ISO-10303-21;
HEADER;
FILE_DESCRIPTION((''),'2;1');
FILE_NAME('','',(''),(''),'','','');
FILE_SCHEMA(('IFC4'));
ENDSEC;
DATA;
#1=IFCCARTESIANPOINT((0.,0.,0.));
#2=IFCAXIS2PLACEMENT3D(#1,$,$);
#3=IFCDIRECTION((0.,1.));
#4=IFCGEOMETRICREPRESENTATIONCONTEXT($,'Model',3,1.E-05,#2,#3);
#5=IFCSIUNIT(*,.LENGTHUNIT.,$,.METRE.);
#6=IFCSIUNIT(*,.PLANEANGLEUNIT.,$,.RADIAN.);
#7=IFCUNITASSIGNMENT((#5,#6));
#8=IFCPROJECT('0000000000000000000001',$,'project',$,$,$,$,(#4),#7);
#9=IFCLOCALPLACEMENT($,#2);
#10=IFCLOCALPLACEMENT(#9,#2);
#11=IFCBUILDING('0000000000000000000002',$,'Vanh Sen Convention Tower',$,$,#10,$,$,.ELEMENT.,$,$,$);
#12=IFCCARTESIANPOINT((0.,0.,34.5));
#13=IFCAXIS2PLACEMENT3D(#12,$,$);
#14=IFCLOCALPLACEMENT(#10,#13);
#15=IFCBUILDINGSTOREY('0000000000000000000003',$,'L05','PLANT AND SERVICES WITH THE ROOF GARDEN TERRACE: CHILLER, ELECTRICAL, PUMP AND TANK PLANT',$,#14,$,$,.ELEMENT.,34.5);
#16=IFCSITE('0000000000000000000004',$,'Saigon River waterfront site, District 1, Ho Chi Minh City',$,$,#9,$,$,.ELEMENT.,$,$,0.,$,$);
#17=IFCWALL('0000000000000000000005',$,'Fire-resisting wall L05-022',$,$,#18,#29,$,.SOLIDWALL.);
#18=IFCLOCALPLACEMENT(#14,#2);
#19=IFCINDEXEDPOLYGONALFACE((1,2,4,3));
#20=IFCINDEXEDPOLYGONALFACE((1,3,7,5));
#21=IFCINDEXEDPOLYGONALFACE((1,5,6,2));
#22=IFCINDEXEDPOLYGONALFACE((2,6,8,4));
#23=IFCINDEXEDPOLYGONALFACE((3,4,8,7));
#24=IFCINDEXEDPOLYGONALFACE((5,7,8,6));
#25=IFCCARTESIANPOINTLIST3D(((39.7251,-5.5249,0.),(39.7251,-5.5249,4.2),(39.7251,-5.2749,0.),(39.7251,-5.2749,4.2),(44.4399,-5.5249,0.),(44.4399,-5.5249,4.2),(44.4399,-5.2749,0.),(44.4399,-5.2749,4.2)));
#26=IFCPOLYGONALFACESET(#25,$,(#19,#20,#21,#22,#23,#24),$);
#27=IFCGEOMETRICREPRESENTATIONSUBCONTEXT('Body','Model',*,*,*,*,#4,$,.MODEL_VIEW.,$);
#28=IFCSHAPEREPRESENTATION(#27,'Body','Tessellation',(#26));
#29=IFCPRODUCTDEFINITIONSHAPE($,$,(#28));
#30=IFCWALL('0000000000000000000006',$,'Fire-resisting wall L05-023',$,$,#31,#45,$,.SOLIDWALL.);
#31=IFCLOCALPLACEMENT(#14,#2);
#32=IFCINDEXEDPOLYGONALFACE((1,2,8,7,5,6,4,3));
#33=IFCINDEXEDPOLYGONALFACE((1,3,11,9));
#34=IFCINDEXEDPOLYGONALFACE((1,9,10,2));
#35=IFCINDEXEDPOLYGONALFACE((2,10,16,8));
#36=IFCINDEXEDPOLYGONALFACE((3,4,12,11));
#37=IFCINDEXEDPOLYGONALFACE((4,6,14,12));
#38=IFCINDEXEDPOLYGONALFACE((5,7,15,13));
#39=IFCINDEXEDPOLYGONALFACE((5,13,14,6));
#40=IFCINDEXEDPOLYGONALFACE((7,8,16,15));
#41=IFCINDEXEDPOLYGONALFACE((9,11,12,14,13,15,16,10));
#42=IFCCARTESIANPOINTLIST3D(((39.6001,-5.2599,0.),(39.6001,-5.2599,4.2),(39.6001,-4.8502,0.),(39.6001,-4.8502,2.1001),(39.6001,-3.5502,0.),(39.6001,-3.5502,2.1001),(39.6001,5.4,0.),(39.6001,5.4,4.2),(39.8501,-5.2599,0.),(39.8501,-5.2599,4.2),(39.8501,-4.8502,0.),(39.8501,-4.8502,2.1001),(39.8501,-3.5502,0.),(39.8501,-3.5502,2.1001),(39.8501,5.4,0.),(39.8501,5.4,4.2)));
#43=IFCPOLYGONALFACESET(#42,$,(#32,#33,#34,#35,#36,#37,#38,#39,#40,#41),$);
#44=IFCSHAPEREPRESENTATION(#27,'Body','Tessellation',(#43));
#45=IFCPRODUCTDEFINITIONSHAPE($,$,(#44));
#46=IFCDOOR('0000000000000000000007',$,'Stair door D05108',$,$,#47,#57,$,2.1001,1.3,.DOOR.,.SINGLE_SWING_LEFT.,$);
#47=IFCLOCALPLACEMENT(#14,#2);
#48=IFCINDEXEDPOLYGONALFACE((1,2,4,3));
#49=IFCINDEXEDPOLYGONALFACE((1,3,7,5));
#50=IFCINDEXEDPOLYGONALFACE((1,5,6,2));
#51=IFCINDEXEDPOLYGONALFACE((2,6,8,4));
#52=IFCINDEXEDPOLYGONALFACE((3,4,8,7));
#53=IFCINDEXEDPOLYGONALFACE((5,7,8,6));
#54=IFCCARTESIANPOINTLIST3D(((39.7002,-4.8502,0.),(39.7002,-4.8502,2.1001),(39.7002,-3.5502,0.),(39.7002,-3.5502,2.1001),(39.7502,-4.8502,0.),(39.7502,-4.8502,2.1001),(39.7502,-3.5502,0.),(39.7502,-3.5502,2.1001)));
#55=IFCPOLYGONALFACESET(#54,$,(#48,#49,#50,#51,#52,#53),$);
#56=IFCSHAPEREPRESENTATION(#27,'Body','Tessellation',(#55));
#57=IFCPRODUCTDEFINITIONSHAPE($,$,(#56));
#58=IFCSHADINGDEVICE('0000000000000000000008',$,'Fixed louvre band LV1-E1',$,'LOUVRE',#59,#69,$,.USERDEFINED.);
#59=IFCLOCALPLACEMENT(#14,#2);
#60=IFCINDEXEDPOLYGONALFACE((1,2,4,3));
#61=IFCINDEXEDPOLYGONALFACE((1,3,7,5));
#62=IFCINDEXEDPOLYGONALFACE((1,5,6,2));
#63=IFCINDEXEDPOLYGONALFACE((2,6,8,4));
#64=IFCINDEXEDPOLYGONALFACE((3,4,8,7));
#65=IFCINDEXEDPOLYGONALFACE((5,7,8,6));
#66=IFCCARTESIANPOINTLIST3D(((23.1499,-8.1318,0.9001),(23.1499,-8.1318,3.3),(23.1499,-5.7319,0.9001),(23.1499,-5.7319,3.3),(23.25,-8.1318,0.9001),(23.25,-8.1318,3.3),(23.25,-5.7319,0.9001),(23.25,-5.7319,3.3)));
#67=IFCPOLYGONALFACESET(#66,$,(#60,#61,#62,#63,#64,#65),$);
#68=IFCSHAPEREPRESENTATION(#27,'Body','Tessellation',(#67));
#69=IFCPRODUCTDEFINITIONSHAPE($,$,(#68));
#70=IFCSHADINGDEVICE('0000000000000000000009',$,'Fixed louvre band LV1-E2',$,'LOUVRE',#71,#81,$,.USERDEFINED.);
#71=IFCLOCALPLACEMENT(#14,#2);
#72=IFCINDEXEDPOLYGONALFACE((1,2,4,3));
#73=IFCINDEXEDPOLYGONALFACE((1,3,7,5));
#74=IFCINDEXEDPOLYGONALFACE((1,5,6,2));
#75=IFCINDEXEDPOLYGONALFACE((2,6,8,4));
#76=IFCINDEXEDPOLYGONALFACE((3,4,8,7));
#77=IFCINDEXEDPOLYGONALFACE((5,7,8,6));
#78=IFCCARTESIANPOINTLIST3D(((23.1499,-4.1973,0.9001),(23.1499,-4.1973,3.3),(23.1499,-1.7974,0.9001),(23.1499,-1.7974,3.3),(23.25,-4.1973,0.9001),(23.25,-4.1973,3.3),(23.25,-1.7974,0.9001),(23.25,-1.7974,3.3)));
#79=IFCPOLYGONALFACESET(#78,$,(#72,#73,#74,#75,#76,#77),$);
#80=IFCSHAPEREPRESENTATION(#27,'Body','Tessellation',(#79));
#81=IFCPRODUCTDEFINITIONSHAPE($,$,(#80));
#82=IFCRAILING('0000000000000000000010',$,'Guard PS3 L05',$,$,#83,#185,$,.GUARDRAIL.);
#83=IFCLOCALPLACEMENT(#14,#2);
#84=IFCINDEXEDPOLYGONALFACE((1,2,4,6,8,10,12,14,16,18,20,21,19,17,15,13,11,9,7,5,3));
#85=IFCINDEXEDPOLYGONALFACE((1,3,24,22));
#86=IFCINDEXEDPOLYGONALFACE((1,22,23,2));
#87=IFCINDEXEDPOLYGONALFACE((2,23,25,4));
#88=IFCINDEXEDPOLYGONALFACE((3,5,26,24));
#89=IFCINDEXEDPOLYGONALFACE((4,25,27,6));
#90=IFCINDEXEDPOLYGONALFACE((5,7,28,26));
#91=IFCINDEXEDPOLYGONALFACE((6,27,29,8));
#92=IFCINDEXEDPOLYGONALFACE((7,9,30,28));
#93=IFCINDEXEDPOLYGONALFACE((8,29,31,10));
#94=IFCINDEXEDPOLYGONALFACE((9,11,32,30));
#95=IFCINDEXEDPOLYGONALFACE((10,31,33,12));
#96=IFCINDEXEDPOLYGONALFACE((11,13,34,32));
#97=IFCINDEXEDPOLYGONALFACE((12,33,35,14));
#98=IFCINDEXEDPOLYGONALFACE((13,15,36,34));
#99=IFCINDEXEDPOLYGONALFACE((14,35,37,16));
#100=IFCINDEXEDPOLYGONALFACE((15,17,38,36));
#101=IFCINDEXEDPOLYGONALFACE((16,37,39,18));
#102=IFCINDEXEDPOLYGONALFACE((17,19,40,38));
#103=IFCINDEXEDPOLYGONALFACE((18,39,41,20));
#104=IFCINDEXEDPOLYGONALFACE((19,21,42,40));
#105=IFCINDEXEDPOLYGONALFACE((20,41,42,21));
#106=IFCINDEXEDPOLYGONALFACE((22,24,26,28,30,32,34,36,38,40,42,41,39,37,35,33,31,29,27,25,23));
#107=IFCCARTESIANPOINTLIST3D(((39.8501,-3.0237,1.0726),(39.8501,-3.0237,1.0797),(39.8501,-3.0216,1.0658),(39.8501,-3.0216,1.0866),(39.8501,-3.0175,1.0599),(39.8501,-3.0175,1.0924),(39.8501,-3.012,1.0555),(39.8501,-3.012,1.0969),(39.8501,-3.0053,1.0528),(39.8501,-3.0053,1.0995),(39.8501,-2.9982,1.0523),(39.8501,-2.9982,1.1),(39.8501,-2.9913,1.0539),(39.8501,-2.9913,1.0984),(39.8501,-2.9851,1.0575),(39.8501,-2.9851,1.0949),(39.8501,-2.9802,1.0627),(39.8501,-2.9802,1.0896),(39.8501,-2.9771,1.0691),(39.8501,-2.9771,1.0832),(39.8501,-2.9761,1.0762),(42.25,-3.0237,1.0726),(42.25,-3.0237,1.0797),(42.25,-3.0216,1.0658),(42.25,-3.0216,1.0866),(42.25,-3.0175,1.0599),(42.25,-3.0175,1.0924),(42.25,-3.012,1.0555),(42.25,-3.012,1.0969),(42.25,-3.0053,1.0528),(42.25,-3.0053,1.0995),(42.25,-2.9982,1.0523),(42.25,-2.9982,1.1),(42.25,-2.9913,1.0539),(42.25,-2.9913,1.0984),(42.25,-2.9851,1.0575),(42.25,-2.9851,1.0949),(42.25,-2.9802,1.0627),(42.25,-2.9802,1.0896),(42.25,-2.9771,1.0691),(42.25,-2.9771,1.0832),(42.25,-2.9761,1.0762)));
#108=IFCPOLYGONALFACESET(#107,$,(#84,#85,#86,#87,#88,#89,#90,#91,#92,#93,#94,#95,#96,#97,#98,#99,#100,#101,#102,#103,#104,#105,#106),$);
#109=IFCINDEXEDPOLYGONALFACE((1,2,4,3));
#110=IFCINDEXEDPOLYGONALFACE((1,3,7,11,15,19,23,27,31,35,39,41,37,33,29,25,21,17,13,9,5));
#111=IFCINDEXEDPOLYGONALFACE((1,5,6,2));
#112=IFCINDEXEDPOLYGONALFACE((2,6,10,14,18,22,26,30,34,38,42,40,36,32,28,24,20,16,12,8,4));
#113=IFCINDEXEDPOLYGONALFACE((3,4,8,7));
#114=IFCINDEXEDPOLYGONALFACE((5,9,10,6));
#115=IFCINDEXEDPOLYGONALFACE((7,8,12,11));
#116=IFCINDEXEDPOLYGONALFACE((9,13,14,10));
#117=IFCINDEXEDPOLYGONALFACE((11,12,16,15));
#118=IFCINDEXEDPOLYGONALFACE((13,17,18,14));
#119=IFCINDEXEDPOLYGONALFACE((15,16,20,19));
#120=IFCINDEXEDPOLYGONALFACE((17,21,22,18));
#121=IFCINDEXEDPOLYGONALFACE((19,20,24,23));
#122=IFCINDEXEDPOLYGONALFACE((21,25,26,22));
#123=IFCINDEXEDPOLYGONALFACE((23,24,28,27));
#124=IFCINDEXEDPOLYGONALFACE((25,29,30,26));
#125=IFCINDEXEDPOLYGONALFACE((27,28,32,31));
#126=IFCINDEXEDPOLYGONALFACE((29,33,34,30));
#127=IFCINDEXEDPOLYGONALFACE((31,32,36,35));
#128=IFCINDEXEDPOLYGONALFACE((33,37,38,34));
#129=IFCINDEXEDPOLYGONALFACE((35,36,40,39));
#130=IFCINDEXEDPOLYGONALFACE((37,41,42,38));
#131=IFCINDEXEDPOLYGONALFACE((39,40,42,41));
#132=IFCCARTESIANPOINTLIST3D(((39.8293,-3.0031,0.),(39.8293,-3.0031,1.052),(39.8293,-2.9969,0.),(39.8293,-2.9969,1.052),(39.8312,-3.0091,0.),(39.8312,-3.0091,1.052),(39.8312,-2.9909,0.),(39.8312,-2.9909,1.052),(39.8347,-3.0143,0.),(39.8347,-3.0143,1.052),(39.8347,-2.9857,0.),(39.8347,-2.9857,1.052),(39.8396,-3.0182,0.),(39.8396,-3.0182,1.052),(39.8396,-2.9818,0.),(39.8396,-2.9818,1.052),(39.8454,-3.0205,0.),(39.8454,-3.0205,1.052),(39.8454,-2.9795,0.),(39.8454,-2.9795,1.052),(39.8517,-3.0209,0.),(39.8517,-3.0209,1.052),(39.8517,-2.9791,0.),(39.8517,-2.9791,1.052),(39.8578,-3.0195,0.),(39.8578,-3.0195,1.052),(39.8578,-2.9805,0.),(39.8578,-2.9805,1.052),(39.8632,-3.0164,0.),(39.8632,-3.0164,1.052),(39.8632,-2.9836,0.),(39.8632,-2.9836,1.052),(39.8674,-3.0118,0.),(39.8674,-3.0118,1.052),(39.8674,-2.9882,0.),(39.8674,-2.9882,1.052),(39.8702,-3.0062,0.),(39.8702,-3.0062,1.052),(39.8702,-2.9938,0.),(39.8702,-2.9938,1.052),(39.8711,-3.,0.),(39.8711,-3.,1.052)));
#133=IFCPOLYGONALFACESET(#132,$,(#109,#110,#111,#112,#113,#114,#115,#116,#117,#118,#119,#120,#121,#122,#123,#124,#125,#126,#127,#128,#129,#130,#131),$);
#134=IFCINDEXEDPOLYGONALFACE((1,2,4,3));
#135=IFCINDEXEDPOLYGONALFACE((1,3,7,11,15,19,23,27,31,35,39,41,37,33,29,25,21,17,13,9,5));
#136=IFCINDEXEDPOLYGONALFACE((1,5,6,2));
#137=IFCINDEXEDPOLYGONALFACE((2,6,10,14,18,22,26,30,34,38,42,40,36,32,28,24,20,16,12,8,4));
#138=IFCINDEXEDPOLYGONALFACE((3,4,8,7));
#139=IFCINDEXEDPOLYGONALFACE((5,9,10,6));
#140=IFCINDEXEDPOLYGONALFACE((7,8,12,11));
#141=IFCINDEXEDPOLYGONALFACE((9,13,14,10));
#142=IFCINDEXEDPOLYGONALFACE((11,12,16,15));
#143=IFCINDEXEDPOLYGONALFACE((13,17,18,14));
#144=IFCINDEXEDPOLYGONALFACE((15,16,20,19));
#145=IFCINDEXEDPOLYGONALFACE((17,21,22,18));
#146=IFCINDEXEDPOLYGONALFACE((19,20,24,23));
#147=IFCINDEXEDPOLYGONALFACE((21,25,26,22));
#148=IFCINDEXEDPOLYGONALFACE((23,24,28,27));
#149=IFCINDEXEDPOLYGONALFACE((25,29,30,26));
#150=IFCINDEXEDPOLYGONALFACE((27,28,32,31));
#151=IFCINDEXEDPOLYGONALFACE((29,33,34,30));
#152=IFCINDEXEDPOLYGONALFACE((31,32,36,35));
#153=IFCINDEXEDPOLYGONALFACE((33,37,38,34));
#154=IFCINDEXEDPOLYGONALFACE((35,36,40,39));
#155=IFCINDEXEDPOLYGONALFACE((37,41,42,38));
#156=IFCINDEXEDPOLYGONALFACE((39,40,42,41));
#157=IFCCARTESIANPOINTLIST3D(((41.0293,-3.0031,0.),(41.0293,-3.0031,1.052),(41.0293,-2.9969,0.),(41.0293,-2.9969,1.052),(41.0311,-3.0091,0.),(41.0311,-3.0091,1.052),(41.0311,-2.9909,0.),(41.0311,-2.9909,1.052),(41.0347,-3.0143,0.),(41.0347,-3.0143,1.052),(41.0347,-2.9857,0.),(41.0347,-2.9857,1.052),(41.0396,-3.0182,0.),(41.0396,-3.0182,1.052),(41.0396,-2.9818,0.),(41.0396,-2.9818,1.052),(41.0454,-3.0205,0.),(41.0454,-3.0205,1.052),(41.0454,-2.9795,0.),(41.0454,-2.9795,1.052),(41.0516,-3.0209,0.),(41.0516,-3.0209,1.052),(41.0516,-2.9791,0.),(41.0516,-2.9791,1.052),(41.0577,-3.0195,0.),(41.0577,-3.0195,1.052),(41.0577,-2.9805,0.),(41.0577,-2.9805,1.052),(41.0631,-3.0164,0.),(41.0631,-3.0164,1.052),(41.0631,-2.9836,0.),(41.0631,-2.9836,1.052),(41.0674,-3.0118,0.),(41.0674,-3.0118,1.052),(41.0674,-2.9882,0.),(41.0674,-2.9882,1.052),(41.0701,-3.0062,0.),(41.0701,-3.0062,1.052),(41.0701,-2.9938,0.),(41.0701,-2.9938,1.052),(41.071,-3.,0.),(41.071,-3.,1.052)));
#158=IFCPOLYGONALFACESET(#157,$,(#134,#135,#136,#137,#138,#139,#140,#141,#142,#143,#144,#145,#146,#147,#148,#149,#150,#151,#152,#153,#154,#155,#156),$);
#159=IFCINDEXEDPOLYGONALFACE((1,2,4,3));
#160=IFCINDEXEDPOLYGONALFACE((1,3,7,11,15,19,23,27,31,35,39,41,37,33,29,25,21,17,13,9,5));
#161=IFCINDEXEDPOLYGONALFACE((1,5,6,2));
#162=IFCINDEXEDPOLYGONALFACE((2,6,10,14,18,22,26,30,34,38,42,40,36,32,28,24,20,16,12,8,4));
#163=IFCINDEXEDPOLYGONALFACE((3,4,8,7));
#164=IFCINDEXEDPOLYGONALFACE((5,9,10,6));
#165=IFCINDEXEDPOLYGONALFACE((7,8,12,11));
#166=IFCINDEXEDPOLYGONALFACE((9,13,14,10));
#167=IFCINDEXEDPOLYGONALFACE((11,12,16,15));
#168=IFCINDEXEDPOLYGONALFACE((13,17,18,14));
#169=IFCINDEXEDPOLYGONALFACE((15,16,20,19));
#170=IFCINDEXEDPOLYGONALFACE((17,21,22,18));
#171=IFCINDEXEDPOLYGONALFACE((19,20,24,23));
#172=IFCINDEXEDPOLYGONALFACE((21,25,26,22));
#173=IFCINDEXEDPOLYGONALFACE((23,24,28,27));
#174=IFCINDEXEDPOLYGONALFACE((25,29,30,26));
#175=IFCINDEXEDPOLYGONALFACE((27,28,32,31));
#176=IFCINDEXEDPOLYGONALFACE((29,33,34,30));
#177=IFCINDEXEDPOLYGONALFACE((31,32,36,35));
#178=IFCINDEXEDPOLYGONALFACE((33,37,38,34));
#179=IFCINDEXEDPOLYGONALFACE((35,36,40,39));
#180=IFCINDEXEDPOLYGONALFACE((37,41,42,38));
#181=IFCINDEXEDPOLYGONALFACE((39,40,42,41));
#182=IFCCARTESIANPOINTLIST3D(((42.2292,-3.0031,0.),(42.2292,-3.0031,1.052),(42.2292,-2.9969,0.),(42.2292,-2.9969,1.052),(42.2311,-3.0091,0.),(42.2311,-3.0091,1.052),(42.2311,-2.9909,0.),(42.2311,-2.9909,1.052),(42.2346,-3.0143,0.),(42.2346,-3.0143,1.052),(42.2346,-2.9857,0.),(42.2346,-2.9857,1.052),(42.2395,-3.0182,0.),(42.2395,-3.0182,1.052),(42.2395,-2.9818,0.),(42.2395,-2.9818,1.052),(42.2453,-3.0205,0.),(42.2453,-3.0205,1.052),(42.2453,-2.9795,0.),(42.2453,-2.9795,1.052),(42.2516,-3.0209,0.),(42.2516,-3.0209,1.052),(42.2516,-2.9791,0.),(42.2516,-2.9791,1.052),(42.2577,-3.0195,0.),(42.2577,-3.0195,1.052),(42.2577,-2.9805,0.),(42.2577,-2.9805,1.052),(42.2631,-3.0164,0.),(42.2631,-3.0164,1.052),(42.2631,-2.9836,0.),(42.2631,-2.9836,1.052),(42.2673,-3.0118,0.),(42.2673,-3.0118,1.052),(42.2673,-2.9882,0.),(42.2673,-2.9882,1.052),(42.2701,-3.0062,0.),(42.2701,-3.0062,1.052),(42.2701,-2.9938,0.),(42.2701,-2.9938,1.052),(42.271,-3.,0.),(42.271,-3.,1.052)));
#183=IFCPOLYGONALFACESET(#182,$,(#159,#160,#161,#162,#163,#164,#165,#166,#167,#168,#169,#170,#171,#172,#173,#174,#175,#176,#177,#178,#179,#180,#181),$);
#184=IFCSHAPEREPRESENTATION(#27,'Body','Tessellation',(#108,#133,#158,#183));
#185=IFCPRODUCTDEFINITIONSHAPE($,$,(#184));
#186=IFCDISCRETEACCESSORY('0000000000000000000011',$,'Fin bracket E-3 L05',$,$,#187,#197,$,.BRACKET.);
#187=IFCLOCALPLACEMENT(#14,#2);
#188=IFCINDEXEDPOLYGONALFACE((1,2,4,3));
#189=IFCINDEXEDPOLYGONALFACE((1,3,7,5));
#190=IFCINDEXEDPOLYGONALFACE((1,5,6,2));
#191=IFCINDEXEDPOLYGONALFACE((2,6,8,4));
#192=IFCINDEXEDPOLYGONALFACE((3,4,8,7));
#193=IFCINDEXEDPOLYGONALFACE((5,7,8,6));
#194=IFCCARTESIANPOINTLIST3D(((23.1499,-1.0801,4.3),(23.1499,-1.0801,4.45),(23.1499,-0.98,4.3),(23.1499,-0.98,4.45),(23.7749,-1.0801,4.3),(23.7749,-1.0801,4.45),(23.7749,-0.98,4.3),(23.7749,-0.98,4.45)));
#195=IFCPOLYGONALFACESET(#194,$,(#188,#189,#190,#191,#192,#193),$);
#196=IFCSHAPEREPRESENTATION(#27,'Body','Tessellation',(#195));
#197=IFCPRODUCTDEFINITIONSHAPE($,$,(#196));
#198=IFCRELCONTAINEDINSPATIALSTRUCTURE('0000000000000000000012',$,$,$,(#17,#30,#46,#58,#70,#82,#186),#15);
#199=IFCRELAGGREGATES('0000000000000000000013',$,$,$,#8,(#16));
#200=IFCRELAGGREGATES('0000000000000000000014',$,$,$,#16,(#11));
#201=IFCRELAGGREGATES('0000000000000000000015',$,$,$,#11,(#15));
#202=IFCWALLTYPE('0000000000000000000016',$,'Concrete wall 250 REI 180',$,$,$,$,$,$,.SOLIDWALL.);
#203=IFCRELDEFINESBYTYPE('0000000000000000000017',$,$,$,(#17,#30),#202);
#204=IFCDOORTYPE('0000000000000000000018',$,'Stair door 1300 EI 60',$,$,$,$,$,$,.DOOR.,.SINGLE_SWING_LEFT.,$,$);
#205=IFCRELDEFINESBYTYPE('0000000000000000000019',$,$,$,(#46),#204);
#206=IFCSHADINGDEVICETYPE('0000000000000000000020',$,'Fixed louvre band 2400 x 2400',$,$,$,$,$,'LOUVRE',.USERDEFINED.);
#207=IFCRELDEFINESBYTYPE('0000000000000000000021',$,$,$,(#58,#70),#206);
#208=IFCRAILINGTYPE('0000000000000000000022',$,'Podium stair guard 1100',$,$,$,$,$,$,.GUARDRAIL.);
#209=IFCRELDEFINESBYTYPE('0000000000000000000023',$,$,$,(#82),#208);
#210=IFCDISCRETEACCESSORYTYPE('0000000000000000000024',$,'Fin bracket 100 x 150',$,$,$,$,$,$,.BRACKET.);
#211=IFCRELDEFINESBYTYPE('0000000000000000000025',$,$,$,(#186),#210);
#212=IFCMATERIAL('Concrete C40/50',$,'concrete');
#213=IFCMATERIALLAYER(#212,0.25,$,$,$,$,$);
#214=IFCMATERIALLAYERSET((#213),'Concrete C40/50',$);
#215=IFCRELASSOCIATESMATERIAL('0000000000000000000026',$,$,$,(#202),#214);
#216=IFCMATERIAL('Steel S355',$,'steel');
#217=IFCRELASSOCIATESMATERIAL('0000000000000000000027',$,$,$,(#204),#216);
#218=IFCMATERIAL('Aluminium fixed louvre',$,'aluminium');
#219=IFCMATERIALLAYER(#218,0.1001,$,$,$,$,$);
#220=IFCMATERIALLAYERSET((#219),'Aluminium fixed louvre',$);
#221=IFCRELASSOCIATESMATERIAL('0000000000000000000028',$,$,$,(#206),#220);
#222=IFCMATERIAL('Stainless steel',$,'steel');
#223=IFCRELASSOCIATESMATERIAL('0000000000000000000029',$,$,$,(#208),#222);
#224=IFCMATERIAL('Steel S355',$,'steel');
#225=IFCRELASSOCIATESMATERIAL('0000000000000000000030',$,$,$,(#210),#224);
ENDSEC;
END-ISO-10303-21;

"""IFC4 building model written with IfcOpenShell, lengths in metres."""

from ifc_helpers import new_model, si_unit, direction, frame, frame_2d, origin, origin_2d, place, context, subcontext, project, spatial, rectangle, circle, extrude, material, layer, layer_set, type_object, element, fill, save


model = new_model("IFC4")

# Units and contexts
model_context = context("Model", 3, precision=1e-05, world=origin(), true_north=direction((0.0, 1.0)))
body_context = subcontext(model_context, "Body", "Model", "MODEL_VIEW")
ifc_project = project(units=[si_unit("LENGTHUNIT", "METRE"), si_unit("PLANEANGLEUNIT", "RADIAN")], contexts=[model_context])

# Site, building, storey
site_placement = place(None, origin())
site = spatial("IfcSite", under=ifc_project, at=site_placement, Name="Saigon River waterfront site, District 1, Ho Chi Minh City", CompositionType="ELEMENT", RefElevation=0.0)
building_placement = place(site_placement, origin())
building = spatial("IfcBuilding", under=site, at=building_placement, Name="Vanh Sen Convention Tower", CompositionType="ELEMENT")
storey_placement = place(building_placement, frame((0.0, 0.0, 34.5)))
storey = spatial("IfcBuildingStorey", under=building, at=storey_placement, Name="L05", Description="PLANT AND SERVICES WITH THE ROOF GARDEN TERRACE: CHILLER, ELECTRICAL, PUMP AND TANK PLANT", CompositionType="ELEMENT", Elevation=34.5)

# Wall
ifc_material_1 = material(Name="Concrete C40/50", Category="concrete")
ifc_layer_1 = layer(ifc_material_1, 0.25)
ifc_layer_set_1 = layer_set([ifc_layer_1], Name="Concrete C40/50")
wall_type = type_object("IfcWallType", Name="Concrete wall 250 REI 180", PredefinedType="SOLIDWALL", material=ifc_layer_set_1)
wall_1_placement = place(storey_placement, frame((44.4399, -5.3999, 0.0), z_axis=(0.0, 0.0, 1.0), x_axis=(-1.0, 0.0, 0.0)))
element("IfcWall", 1, at=wall_1_placement, inside=storey, type_object=wall_type, Name="Fire-resisting wall L05-022", PredefinedType="SOLIDWALL", context=body_context, shape_type="SweptSolid", body=[
    extrude(rectangle(XDim=4.7148, YDim=0.25, at=frame_2d((2.3574, 0.0))), origin(), (0.0, 0.0, 1.0), 4.2),
])

# Wall, opening, door
wall_2_placement = place(storey_placement, frame((39.7251, -5.26, 0.0), z_axis=(0.0, 0.0, 1.0), x_axis=(0.0, 1.0, 0.0)))
wall_2 = element("IfcWall", 2, at=wall_2_placement, inside=storey, type_object=wall_type, Name="Fire-resisting wall L05-023", PredefinedType="SOLIDWALL", context=body_context, shape_type="SweptSolid", body=[
    extrude(rectangle(XDim=10.6599, YDim=0.25, at=frame_2d((5.3301, 0.0))), origin(), (0.0, 0.0, 1.0), 4.2),
])
opening_placement = place(wall_2_placement, frame((0.4099, 0.0, 0.0)))
opening = element("IfcOpeningElement", 3, at=opening_placement, cuts=wall_2, PredefinedType="OPENING", context=body_context, shape_type="SweptSolid", body=[
    extrude(rectangle(XDim=1.3, YDim=2.1001, at=frame_2d((0.6499, 1.05))), frame((0.0, 0.135, 0.0), z_axis=(0.0, -1.0, 0.0), x_axis=(1.0, 0.0, 0.0)), (0.0, 0.0, 1.0), 0.27),
])
ifc_material_2 = material(Name="Steel S355", Category="steel")
door_type = type_object("IfcDoorType", Name="Stair door 1300 EI 60", OperationType="SINGLE_SWING_LEFT", PredefinedType="DOOR", material=ifc_material_2)
door_placement = place(opening_placement, origin())
door = element("IfcDoor", 4, at=door_placement, inside=storey, type_object=door_type, Name="Stair door D05108", OperationType="SINGLE_SWING_LEFT", OverallHeight=2.1001, OverallWidth=1.3, PredefinedType="DOOR", context=body_context, shape_type="SweptSolid", body=[
    extrude(rectangle(XDim=1.3, YDim=2.1001, at=frame_2d((0.6499, 1.05))), frame((0.0, 0.0249, 0.0), z_axis=(0.0, -1.0, 0.0), x_axis=(1.0, 0.0, 0.0)), (0.0, 0.0, 1.0), 0.05),
])
fill(opening, door)

# Shading devices
ifc_material_3 = material(Name="Aluminium fixed louvre", Category="aluminium")
ifc_layer_2 = layer(ifc_material_3, 0.1001)
ifc_layer_set_2 = layer_set([ifc_layer_2], Name="Aluminium fixed louvre")
shading_device_type = type_object("IfcShadingDeviceType", Name="Fixed louvre band 2400 x 2400", ElementType="LOUVRE", PredefinedType="USERDEFINED", material=ifc_layer_set_2)
for number, where, z_axis, x_axis, name in (
    (5, (23.2, -6.9319, 0.9001), (0.0, 0.0, 1.0), (0.0, 1.0, 0.0), "Fixed louvre band LV1-E1"),
    (6, (23.2, -2.9973, 0.9001), (0.0, 0.0, 1.0), (0.0, 1.0, 0.0), "Fixed louvre band LV1-E2"),
):
    element("IfcShadingDevice", number, at=place(storey_placement, frame(where, z_axis=z_axis, x_axis=x_axis)), inside=storey, type_object=shading_device_type, Name=name, ObjectType="LOUVRE", PredefinedType="USERDEFINED", context=body_context, shape_type="SweptSolid", body=[
        extrude(rectangle(XDim=2.3999, YDim=0.1001, at=origin_2d()), origin(), (0.0, 0.0, 1.0), 2.3999),
    ])

# Railing
ifc_material_4 = material(Name="Stainless steel", Category="steel")
railing_type = type_object("IfcRailingType", Name="Podium stair guard 1100", PredefinedType="GUARDRAIL", material=ifc_material_4)
railing_placement = place(storey_placement, frame((39.8501, -3.0, 0.0)))
element("IfcRailing", 7, at=railing_placement, inside=storey, type_object=railing_type, Name="Guard PS3 L05", PredefinedType="GUARDRAIL", context=body_context, shape_type="SweptSolid", body=[
    extrude(circle(Radius=0.0239, at=origin_2d()), frame((0.0, 0.0, 1.0762), z_axis=(1.0, 0.0, 0.0), x_axis=(0.0, 1.0, 0.0)), (0.0, 0.0, 1.0), 2.3999),
    extrude(circle(Radius=0.021, at=origin_2d()), origin(), (0.0, 0.0, 1.0), 1.052),
    extrude(circle(Radius=0.021, at=origin_2d()), frame((1.2, 0.0, 0.0)), (0.0, 0.0, 1.0), 1.052),
    extrude(circle(Radius=0.021, at=origin_2d()), frame((2.3999, 0.0, 0.0)), (0.0, 0.0, 1.0), 1.052),
])

# Discrete accessory
ifc_material_5 = material(Name="Steel S355", Category="steel")
discrete_accessory_type_1 = type_object("IfcDiscreteAccessoryType", Name="Fin bracket 100 x 150", PredefinedType="BRACKET", material=ifc_material_5)
discrete_accessory_placement = place(storey_placement, frame((23.4624, -1.03, 4.3), z_axis=(0.0, 0.0, 1.0), x_axis=(1.0, 0.0, 0.0)))
element("IfcDiscreteAccessory", 8, at=discrete_accessory_placement, inside=storey, type_object=discrete_accessory_type_1, Name="Fin bracket E-3 L05", PredefinedType="BRACKET", context=body_context, shape_type="SweptSolid", body=[
    extrude(rectangle(XDim=0.625, YDim=0.1001, at=origin_2d()), origin(), (0.0, 0.0, 1.0), 0.1499),
])

save(model, "model.ifc")
